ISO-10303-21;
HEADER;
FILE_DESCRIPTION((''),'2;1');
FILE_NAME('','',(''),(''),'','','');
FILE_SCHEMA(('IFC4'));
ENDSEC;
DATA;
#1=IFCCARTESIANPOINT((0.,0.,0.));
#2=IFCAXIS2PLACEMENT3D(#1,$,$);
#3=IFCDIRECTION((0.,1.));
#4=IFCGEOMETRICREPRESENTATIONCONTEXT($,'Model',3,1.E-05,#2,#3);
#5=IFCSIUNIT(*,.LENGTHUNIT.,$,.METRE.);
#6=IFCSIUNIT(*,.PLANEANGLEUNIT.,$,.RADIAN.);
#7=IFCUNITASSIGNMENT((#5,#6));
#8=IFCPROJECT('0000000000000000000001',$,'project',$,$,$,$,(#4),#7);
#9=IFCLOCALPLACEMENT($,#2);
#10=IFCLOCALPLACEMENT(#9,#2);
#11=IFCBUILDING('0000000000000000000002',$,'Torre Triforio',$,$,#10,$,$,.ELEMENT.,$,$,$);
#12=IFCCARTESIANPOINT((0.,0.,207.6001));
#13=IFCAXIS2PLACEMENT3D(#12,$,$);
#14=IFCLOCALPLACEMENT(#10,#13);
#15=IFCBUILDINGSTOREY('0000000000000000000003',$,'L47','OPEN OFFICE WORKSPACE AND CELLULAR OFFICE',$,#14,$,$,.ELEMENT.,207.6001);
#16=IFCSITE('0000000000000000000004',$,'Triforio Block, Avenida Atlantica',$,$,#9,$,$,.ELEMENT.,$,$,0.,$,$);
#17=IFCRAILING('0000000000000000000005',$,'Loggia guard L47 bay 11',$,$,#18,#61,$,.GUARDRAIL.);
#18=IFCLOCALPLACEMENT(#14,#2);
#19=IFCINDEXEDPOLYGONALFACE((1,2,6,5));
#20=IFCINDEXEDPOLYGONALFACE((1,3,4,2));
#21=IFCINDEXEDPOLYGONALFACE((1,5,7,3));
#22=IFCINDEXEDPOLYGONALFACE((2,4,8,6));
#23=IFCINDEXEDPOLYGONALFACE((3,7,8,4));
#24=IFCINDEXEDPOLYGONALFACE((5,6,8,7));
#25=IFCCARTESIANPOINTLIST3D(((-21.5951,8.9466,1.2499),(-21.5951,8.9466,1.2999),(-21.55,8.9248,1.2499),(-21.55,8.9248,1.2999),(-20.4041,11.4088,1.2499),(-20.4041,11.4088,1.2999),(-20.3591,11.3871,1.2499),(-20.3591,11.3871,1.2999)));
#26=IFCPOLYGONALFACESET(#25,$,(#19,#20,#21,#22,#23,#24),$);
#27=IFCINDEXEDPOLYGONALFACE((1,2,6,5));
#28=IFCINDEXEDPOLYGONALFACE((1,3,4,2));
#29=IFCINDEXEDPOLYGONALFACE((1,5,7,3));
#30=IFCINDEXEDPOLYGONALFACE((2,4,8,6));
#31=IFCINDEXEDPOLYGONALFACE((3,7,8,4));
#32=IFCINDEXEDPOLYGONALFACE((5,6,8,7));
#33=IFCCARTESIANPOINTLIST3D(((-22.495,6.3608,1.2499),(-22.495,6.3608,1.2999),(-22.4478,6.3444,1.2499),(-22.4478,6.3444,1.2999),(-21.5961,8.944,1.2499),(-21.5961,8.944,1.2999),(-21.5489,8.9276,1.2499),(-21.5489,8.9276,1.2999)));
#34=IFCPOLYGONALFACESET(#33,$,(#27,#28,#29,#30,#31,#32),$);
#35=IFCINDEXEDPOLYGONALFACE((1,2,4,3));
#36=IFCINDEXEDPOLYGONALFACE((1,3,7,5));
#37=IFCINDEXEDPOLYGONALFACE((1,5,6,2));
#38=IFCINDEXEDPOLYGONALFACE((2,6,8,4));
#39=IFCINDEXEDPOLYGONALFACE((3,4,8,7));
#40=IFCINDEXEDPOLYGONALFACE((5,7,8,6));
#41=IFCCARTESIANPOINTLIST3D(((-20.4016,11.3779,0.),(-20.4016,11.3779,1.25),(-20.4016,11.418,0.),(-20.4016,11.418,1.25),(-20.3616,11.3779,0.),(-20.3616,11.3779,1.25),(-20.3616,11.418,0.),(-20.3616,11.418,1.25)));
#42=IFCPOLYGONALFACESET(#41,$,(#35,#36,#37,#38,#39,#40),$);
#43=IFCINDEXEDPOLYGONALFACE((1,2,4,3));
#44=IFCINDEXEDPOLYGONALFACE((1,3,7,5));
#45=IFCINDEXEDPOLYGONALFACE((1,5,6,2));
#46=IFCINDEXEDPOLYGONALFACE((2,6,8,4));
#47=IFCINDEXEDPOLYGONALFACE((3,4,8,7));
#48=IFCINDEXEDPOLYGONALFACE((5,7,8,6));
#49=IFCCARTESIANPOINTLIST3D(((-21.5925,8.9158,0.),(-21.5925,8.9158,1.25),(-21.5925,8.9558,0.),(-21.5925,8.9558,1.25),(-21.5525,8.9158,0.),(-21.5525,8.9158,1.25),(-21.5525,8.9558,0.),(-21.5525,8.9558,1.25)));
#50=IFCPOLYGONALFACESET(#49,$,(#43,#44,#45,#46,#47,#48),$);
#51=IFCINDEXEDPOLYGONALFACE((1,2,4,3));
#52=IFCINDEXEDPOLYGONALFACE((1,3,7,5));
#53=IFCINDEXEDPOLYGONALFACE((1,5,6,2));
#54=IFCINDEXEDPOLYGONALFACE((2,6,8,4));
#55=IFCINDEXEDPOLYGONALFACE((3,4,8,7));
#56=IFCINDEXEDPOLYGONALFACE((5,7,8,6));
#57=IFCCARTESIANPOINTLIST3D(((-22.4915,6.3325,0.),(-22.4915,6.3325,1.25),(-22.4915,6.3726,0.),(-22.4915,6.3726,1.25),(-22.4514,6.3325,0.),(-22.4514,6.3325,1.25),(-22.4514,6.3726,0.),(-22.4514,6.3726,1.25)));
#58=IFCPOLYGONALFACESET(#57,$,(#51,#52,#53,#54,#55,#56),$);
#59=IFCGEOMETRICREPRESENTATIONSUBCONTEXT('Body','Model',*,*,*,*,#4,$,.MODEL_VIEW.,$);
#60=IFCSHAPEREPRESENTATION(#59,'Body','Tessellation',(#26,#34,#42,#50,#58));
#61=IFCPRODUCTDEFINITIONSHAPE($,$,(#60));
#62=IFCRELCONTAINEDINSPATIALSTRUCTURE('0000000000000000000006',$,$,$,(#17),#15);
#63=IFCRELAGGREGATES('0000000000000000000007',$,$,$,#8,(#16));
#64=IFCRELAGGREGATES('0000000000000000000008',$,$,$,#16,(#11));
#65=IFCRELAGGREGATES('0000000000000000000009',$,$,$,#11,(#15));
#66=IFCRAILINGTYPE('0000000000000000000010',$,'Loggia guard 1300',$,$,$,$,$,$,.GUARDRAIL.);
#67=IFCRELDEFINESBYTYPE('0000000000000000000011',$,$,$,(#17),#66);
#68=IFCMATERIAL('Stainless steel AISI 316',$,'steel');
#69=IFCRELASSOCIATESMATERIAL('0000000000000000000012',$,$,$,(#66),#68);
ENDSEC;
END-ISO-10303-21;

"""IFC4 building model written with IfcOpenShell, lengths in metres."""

from ifc_helpers import new_model, si_unit, direction, frame, origin, origin_2d, place, context, subcontext, project, spatial, rectangle, extrude, material, type_object, element, save


model = new_model("IFC4")

# Units and contexts
model_context = context("Model", 3, precision=1e-05, world=origin(), true_north=direction((0.0, 1.0)))
body_context = subcontext(model_context, "Body", "Model", "MODEL_VIEW")
ifc_project = project(units=[si_unit("LENGTHUNIT", "METRE"), si_unit("PLANEANGLEUNIT", "RADIAN")], contexts=[model_context])

# Site, building, storey
site_placement = place(None, origin())
site = spatial("IfcSite", under=ifc_project, at=site_placement, Name="Triforio Block, Avenida Atlantica", CompositionType="ELEMENT", RefElevation=0.0)
building_placement = place(site_placement, origin())
building = spatial("IfcBuilding", under=site, at=building_placement, Name="Torre Triforio", CompositionType="ELEMENT")
storey_placement = place(building_placement, frame((0.0, 0.0, 207.6001)))
storey = spatial("IfcBuildingStorey", under=building, at=storey_placement, Name="L47", Description="OPEN OFFICE WORKSPACE AND CELLULAR OFFICE", CompositionType="ELEMENT", Elevation=207.6001)

# Railing
ifc_material_1 = material(Name="Stainless steel AISI 316", Category="steel")
railing_type = type_object("IfcRailingType", Name="Loggia guard 1300", PredefinedType="GUARDRAIL", material=ifc_material_1)
railing_1_placement = place(storey_placement, frame((-20.3816, 11.3979, 0.0)))
element("IfcRailing", 1, at=railing_1_placement, inside=storey, type_object=railing_type, Name="Loggia guard L47 bay 11", PredefinedType="GUARDRAIL", context=body_context, shape_type="SweptSolid", body=[
    extrude(rectangle(XDim=0.05, YDim=0.05, at=origin_2d()), frame((0.0, 0.0, 1.2749), z_axis=(-0.435428, -0.900224, 0.0), x_axis=(0.900224, -0.435428, 0.0)), (0.0, 0.0, 1.0), 2.7351),
    extrude(rectangle(XDim=0.05, YDim=0.05, at=origin_2d()), frame((-1.1909, -2.4622, 1.2749), z_axis=(-0.328652, -0.944451, 0.0), x_axis=(0.944451, -0.328652, 0.0)), (0.0, 0.0, 1.0), 2.7351),
    extrude(rectangle(XDim=0.04, YDim=0.04, at=origin_2d()), origin(), (0.0, 0.0, 1.0), 1.25),
    extrude(rectangle(XDim=0.04, YDim=0.04, at=origin_2d()), frame((-1.1909, -2.4622, 0.0)), (0.0, 0.0, 1.0), 1.25),
    extrude(rectangle(XDim=0.04, YDim=0.04, at=origin_2d()), frame((-2.0898, -5.0454, 0.0)), (0.0, 0.0, 1.0), 1.25),
])

save(model, "model.ifc")
